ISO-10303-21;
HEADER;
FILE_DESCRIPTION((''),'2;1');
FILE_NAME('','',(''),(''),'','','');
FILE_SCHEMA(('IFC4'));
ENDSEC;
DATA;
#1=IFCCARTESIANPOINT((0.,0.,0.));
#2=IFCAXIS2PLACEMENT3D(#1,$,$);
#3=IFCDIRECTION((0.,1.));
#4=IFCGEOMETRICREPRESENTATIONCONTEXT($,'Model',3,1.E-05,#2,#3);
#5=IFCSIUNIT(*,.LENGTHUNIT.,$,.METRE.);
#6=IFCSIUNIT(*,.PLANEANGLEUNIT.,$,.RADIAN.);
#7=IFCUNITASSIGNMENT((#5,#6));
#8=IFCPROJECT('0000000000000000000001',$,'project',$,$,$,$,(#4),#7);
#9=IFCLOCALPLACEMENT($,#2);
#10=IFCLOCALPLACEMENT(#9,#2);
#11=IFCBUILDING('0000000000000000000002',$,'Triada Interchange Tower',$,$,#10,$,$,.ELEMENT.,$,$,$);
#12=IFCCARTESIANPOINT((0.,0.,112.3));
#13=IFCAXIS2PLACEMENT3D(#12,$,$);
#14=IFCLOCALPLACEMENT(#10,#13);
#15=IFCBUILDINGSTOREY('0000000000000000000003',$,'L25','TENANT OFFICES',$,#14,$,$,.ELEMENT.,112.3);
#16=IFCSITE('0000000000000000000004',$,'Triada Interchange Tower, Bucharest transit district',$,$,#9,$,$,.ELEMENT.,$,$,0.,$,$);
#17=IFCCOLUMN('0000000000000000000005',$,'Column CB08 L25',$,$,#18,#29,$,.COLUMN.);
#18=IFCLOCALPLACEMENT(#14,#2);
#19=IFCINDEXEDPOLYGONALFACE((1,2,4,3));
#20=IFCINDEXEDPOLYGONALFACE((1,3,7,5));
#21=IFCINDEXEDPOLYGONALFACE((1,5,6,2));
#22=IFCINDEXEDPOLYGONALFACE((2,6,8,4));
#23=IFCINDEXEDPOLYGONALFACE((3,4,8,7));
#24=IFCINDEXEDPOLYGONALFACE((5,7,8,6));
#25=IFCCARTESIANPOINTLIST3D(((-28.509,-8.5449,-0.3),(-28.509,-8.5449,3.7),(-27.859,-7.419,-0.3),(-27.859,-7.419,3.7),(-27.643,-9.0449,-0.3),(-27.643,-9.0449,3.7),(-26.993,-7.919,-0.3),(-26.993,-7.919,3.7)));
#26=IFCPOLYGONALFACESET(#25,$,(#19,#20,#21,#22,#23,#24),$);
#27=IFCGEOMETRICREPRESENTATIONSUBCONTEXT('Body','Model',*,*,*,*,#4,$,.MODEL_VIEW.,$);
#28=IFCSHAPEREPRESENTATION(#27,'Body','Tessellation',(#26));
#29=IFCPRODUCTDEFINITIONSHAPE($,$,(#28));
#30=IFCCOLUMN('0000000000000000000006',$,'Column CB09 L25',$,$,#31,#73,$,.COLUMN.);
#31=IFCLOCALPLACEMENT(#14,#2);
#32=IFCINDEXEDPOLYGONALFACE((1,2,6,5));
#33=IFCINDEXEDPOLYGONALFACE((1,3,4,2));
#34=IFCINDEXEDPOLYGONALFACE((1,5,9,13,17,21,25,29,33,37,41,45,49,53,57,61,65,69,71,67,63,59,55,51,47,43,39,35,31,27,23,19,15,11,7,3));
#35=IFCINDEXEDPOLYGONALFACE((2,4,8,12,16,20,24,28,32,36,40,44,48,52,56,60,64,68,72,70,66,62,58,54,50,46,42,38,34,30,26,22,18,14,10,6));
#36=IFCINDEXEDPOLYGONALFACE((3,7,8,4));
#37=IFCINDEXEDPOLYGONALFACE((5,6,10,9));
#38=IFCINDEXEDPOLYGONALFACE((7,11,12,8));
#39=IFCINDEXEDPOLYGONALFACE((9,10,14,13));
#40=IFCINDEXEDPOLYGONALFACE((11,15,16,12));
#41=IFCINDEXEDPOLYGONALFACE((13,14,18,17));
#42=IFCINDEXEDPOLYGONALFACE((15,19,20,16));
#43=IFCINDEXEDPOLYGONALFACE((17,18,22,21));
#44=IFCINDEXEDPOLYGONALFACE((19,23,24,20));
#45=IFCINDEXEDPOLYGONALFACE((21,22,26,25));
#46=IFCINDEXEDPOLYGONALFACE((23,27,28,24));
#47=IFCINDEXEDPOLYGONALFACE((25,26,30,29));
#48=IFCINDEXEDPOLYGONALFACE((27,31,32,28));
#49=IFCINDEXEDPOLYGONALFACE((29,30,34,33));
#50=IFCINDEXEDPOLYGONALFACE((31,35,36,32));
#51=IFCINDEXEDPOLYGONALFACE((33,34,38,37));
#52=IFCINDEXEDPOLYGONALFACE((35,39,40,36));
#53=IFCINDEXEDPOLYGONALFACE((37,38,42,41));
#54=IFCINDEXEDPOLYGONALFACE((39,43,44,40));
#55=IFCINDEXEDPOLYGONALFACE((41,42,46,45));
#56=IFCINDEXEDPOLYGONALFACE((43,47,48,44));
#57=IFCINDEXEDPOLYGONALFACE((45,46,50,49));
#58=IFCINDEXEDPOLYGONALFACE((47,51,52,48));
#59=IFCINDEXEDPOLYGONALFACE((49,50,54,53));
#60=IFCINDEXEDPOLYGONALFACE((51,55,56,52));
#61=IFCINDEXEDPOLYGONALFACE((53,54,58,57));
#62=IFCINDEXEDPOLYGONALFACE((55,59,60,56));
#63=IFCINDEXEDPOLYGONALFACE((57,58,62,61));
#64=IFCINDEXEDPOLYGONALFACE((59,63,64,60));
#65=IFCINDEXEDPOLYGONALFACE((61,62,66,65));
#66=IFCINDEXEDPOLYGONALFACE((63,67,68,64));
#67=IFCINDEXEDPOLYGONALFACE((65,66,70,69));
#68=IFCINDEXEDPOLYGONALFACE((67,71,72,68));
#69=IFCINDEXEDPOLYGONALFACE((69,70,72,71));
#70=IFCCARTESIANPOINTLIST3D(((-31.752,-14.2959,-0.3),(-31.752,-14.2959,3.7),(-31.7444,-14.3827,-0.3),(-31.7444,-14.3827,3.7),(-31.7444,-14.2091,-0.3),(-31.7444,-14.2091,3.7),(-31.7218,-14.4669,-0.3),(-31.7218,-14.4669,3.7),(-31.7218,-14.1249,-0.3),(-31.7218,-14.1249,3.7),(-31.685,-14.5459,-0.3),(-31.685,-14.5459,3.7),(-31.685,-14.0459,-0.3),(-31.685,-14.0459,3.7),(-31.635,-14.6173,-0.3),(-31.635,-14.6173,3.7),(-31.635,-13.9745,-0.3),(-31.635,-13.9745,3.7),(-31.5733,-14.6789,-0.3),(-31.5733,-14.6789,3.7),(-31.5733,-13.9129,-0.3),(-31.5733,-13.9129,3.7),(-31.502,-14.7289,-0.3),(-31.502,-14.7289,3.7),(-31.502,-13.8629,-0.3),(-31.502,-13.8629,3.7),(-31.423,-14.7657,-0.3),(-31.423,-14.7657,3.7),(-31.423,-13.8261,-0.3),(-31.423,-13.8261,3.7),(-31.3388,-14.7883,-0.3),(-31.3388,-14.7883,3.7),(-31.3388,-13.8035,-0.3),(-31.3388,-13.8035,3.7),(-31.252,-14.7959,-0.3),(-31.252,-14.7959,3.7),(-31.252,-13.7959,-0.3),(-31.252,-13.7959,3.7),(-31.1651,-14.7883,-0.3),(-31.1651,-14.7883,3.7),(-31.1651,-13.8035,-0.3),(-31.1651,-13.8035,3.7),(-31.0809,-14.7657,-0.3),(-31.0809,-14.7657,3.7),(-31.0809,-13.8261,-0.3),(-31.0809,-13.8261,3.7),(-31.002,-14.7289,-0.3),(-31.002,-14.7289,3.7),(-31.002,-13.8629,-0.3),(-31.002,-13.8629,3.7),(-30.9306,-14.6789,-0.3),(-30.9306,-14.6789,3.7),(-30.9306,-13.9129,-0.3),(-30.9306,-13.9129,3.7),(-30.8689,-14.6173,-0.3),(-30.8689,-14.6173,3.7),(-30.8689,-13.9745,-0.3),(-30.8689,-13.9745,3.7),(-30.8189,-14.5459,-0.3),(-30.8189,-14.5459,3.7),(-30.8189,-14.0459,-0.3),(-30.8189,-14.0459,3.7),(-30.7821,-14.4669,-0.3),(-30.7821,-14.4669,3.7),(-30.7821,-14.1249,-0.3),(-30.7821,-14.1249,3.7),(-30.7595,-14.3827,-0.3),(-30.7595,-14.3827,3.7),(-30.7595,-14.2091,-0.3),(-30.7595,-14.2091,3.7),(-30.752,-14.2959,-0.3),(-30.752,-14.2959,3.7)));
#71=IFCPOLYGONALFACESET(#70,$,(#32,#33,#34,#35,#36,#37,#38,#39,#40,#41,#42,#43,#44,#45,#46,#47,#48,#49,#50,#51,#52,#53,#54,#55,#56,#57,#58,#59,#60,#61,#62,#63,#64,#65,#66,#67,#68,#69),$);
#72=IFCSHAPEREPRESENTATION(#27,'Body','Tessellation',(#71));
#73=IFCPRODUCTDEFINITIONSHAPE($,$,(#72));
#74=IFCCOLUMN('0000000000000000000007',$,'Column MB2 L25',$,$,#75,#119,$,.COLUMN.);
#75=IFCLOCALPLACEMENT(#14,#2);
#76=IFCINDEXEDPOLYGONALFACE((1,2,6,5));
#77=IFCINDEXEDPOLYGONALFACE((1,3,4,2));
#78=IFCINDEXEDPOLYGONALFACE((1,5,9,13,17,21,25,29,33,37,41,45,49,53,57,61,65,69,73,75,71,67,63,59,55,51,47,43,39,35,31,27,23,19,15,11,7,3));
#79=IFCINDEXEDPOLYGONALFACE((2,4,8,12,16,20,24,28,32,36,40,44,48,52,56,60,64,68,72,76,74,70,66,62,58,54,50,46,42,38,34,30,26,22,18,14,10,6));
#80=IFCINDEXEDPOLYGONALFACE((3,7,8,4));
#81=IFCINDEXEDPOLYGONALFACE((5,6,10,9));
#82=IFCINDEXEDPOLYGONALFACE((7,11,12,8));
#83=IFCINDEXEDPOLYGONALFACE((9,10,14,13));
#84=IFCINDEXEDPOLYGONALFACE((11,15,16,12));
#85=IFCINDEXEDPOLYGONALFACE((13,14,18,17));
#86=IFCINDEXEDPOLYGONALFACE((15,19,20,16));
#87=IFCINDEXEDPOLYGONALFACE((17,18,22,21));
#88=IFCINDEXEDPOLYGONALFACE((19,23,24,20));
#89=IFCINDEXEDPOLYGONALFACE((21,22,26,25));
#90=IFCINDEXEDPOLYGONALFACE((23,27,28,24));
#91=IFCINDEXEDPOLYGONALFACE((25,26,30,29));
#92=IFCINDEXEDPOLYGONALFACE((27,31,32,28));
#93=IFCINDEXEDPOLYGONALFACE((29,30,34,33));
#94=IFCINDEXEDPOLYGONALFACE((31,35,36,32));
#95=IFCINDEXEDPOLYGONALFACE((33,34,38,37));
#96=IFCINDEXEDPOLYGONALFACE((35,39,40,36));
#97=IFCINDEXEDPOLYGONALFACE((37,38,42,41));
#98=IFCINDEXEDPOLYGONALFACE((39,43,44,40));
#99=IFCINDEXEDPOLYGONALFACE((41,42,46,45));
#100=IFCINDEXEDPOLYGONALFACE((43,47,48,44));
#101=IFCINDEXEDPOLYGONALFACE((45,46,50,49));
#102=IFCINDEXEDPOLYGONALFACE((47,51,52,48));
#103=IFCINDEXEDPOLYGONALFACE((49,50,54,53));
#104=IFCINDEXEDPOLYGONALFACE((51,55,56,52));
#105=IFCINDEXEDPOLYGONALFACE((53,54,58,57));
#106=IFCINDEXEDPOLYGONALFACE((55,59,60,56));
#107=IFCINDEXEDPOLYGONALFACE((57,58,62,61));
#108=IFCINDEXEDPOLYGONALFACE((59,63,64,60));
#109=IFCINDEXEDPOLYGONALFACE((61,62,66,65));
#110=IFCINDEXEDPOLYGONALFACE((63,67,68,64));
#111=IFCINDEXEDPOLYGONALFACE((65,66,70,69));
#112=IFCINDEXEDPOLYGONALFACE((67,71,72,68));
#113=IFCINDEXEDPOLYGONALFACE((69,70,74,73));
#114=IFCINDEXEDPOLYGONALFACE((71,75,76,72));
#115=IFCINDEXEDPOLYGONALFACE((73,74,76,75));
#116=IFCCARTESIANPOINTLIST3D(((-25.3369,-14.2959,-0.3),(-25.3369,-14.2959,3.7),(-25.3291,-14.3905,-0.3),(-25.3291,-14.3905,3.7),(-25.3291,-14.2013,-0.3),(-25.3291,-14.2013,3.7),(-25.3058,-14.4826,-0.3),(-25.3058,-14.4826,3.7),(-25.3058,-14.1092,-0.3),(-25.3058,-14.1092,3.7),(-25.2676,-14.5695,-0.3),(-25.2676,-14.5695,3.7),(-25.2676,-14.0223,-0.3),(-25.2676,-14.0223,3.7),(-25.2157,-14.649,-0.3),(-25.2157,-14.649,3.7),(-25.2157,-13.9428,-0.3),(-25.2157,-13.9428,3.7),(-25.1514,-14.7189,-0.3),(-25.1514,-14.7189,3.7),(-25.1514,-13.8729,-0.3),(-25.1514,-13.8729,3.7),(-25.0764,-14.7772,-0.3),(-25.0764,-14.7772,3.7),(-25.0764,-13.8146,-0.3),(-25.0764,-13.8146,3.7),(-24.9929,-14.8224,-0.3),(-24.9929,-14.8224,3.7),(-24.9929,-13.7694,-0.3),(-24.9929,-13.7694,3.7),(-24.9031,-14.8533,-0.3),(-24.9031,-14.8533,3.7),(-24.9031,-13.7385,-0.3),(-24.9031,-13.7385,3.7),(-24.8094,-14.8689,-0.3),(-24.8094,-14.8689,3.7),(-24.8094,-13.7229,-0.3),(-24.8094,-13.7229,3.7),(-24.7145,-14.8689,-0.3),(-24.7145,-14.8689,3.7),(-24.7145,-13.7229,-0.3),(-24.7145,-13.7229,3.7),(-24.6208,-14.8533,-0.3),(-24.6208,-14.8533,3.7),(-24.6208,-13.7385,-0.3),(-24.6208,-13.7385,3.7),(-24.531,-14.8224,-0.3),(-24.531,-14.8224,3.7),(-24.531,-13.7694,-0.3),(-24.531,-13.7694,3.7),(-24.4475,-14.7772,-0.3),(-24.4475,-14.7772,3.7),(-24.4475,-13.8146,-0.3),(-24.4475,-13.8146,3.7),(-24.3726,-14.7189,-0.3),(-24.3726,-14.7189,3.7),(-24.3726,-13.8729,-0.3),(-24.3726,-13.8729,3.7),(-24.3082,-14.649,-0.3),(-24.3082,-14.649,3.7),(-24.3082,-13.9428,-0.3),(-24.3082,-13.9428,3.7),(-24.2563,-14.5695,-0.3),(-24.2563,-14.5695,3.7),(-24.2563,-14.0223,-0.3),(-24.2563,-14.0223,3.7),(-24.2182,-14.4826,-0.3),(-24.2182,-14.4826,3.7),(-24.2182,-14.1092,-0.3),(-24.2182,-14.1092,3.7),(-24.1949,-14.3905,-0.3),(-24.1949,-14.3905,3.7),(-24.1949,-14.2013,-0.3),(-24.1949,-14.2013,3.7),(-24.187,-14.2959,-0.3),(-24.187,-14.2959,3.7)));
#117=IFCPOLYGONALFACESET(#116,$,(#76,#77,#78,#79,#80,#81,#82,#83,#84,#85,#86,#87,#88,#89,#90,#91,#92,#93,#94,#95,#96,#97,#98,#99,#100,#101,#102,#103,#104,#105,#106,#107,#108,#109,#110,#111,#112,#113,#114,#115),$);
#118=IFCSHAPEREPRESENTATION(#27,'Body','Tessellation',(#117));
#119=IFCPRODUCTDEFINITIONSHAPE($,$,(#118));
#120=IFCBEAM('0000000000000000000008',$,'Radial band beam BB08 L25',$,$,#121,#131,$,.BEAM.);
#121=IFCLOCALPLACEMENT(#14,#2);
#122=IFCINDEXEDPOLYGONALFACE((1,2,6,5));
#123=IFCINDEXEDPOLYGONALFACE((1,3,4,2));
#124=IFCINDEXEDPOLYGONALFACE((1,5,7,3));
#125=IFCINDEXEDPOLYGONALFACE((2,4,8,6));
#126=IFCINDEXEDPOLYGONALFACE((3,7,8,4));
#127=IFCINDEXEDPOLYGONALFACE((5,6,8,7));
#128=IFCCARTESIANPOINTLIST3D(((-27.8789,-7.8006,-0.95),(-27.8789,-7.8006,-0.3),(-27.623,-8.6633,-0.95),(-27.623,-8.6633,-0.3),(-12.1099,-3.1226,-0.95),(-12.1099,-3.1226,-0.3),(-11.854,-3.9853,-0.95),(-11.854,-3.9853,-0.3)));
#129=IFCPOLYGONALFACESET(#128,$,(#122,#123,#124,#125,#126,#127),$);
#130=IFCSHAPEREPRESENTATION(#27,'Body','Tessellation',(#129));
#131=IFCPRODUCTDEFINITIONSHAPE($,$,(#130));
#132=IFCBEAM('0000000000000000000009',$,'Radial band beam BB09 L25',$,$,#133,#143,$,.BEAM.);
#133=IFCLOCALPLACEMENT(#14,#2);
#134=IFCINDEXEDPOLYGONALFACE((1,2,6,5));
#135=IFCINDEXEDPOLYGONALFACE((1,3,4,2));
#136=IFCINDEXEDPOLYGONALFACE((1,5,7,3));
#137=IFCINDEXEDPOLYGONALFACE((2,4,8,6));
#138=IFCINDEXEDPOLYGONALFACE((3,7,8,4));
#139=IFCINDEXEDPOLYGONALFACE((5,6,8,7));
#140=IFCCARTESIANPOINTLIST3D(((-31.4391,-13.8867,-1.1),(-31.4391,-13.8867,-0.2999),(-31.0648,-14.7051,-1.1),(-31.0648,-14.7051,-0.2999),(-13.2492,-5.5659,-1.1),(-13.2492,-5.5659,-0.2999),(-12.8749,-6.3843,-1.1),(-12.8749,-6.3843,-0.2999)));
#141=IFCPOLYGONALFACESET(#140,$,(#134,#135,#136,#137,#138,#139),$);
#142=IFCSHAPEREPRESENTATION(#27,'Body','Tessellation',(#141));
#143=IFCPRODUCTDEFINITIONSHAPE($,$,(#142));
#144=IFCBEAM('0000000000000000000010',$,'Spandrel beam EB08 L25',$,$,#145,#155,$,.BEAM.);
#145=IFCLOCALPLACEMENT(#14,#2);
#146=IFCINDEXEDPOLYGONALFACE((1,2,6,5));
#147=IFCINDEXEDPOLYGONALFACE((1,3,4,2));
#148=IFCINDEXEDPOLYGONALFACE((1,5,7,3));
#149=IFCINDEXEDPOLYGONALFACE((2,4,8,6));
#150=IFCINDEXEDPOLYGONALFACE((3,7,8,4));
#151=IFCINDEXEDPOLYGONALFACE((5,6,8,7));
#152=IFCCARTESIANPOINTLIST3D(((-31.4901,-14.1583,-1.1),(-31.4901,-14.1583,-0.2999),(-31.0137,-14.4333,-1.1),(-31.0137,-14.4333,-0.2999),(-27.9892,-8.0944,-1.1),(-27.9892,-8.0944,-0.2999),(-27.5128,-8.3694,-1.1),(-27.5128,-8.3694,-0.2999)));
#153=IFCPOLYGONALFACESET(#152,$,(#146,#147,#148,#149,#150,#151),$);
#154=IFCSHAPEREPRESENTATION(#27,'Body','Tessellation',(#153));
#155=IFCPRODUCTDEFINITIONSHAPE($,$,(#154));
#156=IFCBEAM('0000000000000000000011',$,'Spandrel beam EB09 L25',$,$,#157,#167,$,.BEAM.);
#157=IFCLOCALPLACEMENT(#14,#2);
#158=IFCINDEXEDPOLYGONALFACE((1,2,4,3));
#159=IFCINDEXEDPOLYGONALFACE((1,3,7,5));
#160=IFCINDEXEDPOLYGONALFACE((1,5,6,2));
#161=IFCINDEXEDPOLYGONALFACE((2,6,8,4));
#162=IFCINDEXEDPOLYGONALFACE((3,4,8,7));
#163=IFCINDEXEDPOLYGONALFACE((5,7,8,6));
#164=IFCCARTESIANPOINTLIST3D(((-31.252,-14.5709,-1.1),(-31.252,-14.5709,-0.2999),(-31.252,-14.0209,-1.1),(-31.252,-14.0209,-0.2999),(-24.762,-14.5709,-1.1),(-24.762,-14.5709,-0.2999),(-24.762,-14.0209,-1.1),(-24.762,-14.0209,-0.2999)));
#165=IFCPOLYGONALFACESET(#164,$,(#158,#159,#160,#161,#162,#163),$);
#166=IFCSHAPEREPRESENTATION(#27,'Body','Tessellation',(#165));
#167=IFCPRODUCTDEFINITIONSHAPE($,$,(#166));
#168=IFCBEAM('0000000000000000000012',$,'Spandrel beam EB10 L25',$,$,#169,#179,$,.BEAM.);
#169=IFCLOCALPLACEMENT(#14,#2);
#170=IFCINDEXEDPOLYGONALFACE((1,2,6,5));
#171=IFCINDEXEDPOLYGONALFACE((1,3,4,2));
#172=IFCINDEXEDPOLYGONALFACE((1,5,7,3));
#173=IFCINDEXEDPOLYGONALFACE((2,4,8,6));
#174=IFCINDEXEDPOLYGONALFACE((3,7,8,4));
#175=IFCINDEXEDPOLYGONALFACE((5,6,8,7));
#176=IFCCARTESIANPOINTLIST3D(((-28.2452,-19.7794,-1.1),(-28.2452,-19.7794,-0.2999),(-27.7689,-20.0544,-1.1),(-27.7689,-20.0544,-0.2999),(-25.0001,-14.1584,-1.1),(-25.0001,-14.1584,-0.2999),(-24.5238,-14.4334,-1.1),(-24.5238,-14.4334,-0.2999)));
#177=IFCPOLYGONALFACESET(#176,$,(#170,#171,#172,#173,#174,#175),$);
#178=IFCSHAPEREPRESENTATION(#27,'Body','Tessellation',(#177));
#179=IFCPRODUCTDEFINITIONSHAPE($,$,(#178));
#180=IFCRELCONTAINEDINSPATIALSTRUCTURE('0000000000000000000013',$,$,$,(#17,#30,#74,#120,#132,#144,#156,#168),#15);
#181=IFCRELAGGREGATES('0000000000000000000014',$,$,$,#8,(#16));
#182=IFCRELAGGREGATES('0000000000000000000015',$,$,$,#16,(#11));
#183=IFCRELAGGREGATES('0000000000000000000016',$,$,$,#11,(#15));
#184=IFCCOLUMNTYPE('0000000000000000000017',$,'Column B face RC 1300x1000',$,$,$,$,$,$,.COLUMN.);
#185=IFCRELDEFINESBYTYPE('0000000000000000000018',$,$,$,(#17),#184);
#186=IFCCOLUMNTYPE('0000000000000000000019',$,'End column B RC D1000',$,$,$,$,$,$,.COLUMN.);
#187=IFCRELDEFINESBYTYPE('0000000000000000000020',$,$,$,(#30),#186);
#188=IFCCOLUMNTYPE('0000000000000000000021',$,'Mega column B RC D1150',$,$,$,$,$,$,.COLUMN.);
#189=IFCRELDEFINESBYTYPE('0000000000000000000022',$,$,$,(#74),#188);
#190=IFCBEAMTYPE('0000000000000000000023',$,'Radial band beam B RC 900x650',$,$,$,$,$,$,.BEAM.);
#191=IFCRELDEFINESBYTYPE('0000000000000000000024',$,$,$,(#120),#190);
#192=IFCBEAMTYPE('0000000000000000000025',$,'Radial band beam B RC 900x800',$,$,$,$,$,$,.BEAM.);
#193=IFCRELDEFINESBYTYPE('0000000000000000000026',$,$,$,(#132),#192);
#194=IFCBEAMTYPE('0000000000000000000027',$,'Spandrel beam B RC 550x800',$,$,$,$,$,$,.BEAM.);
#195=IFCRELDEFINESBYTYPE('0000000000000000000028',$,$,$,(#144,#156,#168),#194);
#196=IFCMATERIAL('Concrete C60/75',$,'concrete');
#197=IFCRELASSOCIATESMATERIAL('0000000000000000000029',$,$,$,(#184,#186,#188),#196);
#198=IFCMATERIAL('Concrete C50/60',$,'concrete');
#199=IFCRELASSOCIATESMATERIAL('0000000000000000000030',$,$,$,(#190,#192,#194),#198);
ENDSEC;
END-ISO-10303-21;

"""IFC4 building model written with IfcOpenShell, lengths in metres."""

from ifc_helpers import new_model, si_unit, direction, frame, origin, origin_2d, place, context, subcontext, project, spatial, rectangle, circle, extrude, material, material_profile, profile_set, type_object, element, save


model = new_model("IFC4")

# Units and contexts
model_context = context("Model", 3, precision=1e-05, world=origin(), true_north=direction((0.0, 1.0)))
body_context = subcontext(model_context, "Body", "Model", "MODEL_VIEW")
ifc_project = project(units=[si_unit("LENGTHUNIT", "METRE"), si_unit("PLANEANGLEUNIT", "RADIAN")], contexts=[model_context])

# Site, building, storey
site_placement = place(None, origin())
site = spatial("IfcSite", under=ifc_project, at=site_placement, Name="Triada Interchange Tower, Bucharest transit district", CompositionType="ELEMENT", RefElevation=0.0)
building_placement = place(site_placement, origin())
building = spatial("IfcBuilding", under=site, at=building_placement, Name="Triada Interchange Tower", CompositionType="ELEMENT")
storey_placement = place(building_placement, frame((0.0, 0.0, 112.3)))
storey = spatial("IfcBuildingStorey", under=building, at=storey_placement, Name="L25", Description="TENANT OFFICES", CompositionType="ELEMENT", Elevation=112.3)

# Columns
ifc_material_1 = material(Name="Concrete C60/75", Category="concrete")
ifc_material_profile_1 = material_profile(ifc_material_1, rectangle(XDim=1.3, YDim=1.0, at=origin_2d()), Name="RC 1300x1000")
ifc_profile_set_1 = profile_set([ifc_material_profile_1], Name="Concrete C60/75")
column_type_1 = type_object("IfcColumnType", Name="Column B face RC 1300x1000", PredefinedType="COLUMN", material=ifc_profile_set_1)
column_1_placement = place(storey_placement, frame((-27.751, -8.2319, -0.3), z_axis=(0.0, 0.0, 1.0), x_axis=(0.5, 0.866025, 0.0)))
element("IfcColumn", 1, at=column_1_placement, inside=storey, type_object=column_type_1, Name="Column CB08 L25", PredefinedType="COLUMN", context=body_context, shape_type="SweptSolid", body=[
    extrude(rectangle(XDim=1.3, YDim=1.0, at=origin_2d()), origin(), (0.0, 0.0, 1.0), 4.0),
])
ifc_material_profile_2 = material_profile(ifc_material_1, circle(Radius=0.5, at=origin_2d()), Name="RC D1000")
ifc_profile_set_2 = profile_set([ifc_material_profile_2], Name="Concrete C60/75")
column_type_2 = type_object("IfcColumnType", Name="End column B RC D1000", PredefinedType="COLUMN", material=ifc_profile_set_2)
column_2_placement = place(storey_placement, frame((-31.252, -14.2959, -0.3), z_axis=(0.0, 0.0, 1.0), x_axis=(0.5, 0.866025, 0.0)))
element("IfcColumn", 2, at=column_2_placement, inside=storey, type_object=column_type_2, Name="Column CB09 L25", PredefinedType="COLUMN", context=body_context, shape_type="SweptSolid", body=[
    extrude(circle(Radius=0.5, at=origin_2d()), origin(), (0.0, 0.0, 1.0), 4.0),
])
ifc_material_profile_3 = material_profile(ifc_material_1, circle(Radius=0.575, at=origin_2d()), Name="RC D1150")
ifc_profile_set_3 = profile_set([ifc_material_profile_3], Name="Concrete C60/75")
column_type_3 = type_object("IfcColumnType", Name="Mega column B RC D1150", PredefinedType="COLUMN", material=ifc_profile_set_3)
column_3_placement = place(storey_placement, frame((-24.762, -14.2959, -0.3), z_axis=(0.0, 0.0, 1.0), x_axis=(1.0, 0.0, 0.0)))
element("IfcColumn", 3, at=column_3_placement, inside=storey, type_object=column_type_3, Name="Column MB2 L25", PredefinedType="COLUMN", context=body_context, shape_type="SweptSolid", body=[
    extrude(circle(Radius=0.575, at=origin_2d()), origin(), (0.0, 0.0, 1.0), 4.0),
])

# Beams
ifc_material_2 = material(Name="Concrete C50/60", Category="concrete")
ifc_material_profile_4 = material_profile(ifc_material_2, rectangle(XDim=0.8999, YDim=0.6499, at=origin_2d()), Name="RC 900x650")
ifc_profile_set_4 = profile_set([ifc_material_profile_4], Name="Concrete C50/60")
beam_type_1 = type_object("IfcBeamType", Name="Radial band beam B RC 900x650", PredefinedType="BEAM", material=ifc_profile_set_4)
beam_1_placement = place(storey_placement, frame((-27.751, -8.2319, -0.625), z_axis=(0.958704, 0.284405, 0.0), x_axis=(-0.284405, 0.958704, 0.0)))
element("IfcBeam", 4, at=beam_1_placement, inside=storey, type_object=beam_type_1, Name="Radial band beam BB08 L25", PredefinedType="BEAM", context=body_context, shape_type="SweptSolid", body=[
    extrude(rectangle(XDim=0.8999, YDim=0.6499, at=origin_2d()), origin(), (0.0, 0.0, 1.0), 16.4482),
])
ifc_material_profile_5 = material_profile(ifc_material_2, rectangle(XDim=0.8999, YDim=0.8, at=origin_2d()), Name="RC 900x800")
ifc_profile_set_5 = profile_set([ifc_material_profile_5], Name="Concrete C50/60")
beam_type_2 = type_object("IfcBeamType", Name="Radial band beam B RC 900x800", PredefinedType="BEAM", material=ifc_profile_set_5)
beam_2_placement = place(storey_placement, frame((-31.252, -14.2959, -0.7), z_axis=(0.909372, 0.415983, 0.0), x_axis=(-0.415983, 0.909372, 0.0)))
element("IfcBeam", 5, at=beam_2_placement, inside=storey, type_object=beam_type_2, Name="Radial band beam BB09 L25", PredefinedType="BEAM", context=body_context, shape_type="SweptSolid", body=[
    extrude(rectangle(XDim=0.8999, YDim=0.8, at=origin_2d()), origin(), (0.0, 0.0, 1.0), 20.0027),
])
ifc_material_profile_6 = material_profile(ifc_material_2, rectangle(XDim=0.55, YDim=0.8, at=origin_2d()), Name="RC 550x800")
ifc_profile_set_6 = profile_set([ifc_material_profile_6], Name="Concrete C50/60")
beam_type_3 = type_object("IfcBeamType", Name="Spandrel beam B RC 550x800", PredefinedType="BEAM", material=ifc_profile_set_6)
beam_3_placement = place(storey_placement, frame((-27.751, -8.2319, -0.7), z_axis=(-0.499994, -0.866029, 0.0), x_axis=(0.866029, -0.499994, 0.0)))
element("IfcBeam", 6, at=beam_3_placement, inside=storey, type_object=beam_type_3, Name="Spandrel beam EB08 L25", PredefinedType="BEAM", context=body_context, shape_type="SweptSolid", body=[
    extrude(rectangle(XDim=0.55, YDim=0.8, at=origin_2d()), origin(), (0.0, 0.0, 1.0), 7.002),
])
beam_4_placement = place(storey_placement, frame((-31.252, -14.2959, -0.7), z_axis=(1.0, 0.0, 0.0), x_axis=(0.0, 1.0, 0.0)))
element("IfcBeam", 7, at=beam_4_placement, inside=storey, type_object=beam_type_3, Name="Spandrel beam EB09 L25", PredefinedType="BEAM", context=body_context, shape_type="SweptSolid", body=[
    extrude(rectangle(XDim=0.55, YDim=0.8, at=origin_2d()), origin(), (0.0, 0.0, 1.0), 6.49),
])
beam_5_placement = place(storey_placement, frame((-24.762, -14.2959, -0.7), z_axis=(-0.499974, -0.86604, 0.0), x_axis=(0.86604, -0.499974, 0.0)))
element("IfcBeam", 8, at=beam_5_placement, inside=storey, type_object=beam_type_3, Name="Spandrel beam EB10 L25", PredefinedType="BEAM", context=body_context, shape_type="SweptSolid", body=[
    extrude(rectangle(XDim=0.55, YDim=0.8, at=origin_2d()), origin(), (0.0, 0.0, 1.0), 6.4905),
])

save(model, "model.ifc")
